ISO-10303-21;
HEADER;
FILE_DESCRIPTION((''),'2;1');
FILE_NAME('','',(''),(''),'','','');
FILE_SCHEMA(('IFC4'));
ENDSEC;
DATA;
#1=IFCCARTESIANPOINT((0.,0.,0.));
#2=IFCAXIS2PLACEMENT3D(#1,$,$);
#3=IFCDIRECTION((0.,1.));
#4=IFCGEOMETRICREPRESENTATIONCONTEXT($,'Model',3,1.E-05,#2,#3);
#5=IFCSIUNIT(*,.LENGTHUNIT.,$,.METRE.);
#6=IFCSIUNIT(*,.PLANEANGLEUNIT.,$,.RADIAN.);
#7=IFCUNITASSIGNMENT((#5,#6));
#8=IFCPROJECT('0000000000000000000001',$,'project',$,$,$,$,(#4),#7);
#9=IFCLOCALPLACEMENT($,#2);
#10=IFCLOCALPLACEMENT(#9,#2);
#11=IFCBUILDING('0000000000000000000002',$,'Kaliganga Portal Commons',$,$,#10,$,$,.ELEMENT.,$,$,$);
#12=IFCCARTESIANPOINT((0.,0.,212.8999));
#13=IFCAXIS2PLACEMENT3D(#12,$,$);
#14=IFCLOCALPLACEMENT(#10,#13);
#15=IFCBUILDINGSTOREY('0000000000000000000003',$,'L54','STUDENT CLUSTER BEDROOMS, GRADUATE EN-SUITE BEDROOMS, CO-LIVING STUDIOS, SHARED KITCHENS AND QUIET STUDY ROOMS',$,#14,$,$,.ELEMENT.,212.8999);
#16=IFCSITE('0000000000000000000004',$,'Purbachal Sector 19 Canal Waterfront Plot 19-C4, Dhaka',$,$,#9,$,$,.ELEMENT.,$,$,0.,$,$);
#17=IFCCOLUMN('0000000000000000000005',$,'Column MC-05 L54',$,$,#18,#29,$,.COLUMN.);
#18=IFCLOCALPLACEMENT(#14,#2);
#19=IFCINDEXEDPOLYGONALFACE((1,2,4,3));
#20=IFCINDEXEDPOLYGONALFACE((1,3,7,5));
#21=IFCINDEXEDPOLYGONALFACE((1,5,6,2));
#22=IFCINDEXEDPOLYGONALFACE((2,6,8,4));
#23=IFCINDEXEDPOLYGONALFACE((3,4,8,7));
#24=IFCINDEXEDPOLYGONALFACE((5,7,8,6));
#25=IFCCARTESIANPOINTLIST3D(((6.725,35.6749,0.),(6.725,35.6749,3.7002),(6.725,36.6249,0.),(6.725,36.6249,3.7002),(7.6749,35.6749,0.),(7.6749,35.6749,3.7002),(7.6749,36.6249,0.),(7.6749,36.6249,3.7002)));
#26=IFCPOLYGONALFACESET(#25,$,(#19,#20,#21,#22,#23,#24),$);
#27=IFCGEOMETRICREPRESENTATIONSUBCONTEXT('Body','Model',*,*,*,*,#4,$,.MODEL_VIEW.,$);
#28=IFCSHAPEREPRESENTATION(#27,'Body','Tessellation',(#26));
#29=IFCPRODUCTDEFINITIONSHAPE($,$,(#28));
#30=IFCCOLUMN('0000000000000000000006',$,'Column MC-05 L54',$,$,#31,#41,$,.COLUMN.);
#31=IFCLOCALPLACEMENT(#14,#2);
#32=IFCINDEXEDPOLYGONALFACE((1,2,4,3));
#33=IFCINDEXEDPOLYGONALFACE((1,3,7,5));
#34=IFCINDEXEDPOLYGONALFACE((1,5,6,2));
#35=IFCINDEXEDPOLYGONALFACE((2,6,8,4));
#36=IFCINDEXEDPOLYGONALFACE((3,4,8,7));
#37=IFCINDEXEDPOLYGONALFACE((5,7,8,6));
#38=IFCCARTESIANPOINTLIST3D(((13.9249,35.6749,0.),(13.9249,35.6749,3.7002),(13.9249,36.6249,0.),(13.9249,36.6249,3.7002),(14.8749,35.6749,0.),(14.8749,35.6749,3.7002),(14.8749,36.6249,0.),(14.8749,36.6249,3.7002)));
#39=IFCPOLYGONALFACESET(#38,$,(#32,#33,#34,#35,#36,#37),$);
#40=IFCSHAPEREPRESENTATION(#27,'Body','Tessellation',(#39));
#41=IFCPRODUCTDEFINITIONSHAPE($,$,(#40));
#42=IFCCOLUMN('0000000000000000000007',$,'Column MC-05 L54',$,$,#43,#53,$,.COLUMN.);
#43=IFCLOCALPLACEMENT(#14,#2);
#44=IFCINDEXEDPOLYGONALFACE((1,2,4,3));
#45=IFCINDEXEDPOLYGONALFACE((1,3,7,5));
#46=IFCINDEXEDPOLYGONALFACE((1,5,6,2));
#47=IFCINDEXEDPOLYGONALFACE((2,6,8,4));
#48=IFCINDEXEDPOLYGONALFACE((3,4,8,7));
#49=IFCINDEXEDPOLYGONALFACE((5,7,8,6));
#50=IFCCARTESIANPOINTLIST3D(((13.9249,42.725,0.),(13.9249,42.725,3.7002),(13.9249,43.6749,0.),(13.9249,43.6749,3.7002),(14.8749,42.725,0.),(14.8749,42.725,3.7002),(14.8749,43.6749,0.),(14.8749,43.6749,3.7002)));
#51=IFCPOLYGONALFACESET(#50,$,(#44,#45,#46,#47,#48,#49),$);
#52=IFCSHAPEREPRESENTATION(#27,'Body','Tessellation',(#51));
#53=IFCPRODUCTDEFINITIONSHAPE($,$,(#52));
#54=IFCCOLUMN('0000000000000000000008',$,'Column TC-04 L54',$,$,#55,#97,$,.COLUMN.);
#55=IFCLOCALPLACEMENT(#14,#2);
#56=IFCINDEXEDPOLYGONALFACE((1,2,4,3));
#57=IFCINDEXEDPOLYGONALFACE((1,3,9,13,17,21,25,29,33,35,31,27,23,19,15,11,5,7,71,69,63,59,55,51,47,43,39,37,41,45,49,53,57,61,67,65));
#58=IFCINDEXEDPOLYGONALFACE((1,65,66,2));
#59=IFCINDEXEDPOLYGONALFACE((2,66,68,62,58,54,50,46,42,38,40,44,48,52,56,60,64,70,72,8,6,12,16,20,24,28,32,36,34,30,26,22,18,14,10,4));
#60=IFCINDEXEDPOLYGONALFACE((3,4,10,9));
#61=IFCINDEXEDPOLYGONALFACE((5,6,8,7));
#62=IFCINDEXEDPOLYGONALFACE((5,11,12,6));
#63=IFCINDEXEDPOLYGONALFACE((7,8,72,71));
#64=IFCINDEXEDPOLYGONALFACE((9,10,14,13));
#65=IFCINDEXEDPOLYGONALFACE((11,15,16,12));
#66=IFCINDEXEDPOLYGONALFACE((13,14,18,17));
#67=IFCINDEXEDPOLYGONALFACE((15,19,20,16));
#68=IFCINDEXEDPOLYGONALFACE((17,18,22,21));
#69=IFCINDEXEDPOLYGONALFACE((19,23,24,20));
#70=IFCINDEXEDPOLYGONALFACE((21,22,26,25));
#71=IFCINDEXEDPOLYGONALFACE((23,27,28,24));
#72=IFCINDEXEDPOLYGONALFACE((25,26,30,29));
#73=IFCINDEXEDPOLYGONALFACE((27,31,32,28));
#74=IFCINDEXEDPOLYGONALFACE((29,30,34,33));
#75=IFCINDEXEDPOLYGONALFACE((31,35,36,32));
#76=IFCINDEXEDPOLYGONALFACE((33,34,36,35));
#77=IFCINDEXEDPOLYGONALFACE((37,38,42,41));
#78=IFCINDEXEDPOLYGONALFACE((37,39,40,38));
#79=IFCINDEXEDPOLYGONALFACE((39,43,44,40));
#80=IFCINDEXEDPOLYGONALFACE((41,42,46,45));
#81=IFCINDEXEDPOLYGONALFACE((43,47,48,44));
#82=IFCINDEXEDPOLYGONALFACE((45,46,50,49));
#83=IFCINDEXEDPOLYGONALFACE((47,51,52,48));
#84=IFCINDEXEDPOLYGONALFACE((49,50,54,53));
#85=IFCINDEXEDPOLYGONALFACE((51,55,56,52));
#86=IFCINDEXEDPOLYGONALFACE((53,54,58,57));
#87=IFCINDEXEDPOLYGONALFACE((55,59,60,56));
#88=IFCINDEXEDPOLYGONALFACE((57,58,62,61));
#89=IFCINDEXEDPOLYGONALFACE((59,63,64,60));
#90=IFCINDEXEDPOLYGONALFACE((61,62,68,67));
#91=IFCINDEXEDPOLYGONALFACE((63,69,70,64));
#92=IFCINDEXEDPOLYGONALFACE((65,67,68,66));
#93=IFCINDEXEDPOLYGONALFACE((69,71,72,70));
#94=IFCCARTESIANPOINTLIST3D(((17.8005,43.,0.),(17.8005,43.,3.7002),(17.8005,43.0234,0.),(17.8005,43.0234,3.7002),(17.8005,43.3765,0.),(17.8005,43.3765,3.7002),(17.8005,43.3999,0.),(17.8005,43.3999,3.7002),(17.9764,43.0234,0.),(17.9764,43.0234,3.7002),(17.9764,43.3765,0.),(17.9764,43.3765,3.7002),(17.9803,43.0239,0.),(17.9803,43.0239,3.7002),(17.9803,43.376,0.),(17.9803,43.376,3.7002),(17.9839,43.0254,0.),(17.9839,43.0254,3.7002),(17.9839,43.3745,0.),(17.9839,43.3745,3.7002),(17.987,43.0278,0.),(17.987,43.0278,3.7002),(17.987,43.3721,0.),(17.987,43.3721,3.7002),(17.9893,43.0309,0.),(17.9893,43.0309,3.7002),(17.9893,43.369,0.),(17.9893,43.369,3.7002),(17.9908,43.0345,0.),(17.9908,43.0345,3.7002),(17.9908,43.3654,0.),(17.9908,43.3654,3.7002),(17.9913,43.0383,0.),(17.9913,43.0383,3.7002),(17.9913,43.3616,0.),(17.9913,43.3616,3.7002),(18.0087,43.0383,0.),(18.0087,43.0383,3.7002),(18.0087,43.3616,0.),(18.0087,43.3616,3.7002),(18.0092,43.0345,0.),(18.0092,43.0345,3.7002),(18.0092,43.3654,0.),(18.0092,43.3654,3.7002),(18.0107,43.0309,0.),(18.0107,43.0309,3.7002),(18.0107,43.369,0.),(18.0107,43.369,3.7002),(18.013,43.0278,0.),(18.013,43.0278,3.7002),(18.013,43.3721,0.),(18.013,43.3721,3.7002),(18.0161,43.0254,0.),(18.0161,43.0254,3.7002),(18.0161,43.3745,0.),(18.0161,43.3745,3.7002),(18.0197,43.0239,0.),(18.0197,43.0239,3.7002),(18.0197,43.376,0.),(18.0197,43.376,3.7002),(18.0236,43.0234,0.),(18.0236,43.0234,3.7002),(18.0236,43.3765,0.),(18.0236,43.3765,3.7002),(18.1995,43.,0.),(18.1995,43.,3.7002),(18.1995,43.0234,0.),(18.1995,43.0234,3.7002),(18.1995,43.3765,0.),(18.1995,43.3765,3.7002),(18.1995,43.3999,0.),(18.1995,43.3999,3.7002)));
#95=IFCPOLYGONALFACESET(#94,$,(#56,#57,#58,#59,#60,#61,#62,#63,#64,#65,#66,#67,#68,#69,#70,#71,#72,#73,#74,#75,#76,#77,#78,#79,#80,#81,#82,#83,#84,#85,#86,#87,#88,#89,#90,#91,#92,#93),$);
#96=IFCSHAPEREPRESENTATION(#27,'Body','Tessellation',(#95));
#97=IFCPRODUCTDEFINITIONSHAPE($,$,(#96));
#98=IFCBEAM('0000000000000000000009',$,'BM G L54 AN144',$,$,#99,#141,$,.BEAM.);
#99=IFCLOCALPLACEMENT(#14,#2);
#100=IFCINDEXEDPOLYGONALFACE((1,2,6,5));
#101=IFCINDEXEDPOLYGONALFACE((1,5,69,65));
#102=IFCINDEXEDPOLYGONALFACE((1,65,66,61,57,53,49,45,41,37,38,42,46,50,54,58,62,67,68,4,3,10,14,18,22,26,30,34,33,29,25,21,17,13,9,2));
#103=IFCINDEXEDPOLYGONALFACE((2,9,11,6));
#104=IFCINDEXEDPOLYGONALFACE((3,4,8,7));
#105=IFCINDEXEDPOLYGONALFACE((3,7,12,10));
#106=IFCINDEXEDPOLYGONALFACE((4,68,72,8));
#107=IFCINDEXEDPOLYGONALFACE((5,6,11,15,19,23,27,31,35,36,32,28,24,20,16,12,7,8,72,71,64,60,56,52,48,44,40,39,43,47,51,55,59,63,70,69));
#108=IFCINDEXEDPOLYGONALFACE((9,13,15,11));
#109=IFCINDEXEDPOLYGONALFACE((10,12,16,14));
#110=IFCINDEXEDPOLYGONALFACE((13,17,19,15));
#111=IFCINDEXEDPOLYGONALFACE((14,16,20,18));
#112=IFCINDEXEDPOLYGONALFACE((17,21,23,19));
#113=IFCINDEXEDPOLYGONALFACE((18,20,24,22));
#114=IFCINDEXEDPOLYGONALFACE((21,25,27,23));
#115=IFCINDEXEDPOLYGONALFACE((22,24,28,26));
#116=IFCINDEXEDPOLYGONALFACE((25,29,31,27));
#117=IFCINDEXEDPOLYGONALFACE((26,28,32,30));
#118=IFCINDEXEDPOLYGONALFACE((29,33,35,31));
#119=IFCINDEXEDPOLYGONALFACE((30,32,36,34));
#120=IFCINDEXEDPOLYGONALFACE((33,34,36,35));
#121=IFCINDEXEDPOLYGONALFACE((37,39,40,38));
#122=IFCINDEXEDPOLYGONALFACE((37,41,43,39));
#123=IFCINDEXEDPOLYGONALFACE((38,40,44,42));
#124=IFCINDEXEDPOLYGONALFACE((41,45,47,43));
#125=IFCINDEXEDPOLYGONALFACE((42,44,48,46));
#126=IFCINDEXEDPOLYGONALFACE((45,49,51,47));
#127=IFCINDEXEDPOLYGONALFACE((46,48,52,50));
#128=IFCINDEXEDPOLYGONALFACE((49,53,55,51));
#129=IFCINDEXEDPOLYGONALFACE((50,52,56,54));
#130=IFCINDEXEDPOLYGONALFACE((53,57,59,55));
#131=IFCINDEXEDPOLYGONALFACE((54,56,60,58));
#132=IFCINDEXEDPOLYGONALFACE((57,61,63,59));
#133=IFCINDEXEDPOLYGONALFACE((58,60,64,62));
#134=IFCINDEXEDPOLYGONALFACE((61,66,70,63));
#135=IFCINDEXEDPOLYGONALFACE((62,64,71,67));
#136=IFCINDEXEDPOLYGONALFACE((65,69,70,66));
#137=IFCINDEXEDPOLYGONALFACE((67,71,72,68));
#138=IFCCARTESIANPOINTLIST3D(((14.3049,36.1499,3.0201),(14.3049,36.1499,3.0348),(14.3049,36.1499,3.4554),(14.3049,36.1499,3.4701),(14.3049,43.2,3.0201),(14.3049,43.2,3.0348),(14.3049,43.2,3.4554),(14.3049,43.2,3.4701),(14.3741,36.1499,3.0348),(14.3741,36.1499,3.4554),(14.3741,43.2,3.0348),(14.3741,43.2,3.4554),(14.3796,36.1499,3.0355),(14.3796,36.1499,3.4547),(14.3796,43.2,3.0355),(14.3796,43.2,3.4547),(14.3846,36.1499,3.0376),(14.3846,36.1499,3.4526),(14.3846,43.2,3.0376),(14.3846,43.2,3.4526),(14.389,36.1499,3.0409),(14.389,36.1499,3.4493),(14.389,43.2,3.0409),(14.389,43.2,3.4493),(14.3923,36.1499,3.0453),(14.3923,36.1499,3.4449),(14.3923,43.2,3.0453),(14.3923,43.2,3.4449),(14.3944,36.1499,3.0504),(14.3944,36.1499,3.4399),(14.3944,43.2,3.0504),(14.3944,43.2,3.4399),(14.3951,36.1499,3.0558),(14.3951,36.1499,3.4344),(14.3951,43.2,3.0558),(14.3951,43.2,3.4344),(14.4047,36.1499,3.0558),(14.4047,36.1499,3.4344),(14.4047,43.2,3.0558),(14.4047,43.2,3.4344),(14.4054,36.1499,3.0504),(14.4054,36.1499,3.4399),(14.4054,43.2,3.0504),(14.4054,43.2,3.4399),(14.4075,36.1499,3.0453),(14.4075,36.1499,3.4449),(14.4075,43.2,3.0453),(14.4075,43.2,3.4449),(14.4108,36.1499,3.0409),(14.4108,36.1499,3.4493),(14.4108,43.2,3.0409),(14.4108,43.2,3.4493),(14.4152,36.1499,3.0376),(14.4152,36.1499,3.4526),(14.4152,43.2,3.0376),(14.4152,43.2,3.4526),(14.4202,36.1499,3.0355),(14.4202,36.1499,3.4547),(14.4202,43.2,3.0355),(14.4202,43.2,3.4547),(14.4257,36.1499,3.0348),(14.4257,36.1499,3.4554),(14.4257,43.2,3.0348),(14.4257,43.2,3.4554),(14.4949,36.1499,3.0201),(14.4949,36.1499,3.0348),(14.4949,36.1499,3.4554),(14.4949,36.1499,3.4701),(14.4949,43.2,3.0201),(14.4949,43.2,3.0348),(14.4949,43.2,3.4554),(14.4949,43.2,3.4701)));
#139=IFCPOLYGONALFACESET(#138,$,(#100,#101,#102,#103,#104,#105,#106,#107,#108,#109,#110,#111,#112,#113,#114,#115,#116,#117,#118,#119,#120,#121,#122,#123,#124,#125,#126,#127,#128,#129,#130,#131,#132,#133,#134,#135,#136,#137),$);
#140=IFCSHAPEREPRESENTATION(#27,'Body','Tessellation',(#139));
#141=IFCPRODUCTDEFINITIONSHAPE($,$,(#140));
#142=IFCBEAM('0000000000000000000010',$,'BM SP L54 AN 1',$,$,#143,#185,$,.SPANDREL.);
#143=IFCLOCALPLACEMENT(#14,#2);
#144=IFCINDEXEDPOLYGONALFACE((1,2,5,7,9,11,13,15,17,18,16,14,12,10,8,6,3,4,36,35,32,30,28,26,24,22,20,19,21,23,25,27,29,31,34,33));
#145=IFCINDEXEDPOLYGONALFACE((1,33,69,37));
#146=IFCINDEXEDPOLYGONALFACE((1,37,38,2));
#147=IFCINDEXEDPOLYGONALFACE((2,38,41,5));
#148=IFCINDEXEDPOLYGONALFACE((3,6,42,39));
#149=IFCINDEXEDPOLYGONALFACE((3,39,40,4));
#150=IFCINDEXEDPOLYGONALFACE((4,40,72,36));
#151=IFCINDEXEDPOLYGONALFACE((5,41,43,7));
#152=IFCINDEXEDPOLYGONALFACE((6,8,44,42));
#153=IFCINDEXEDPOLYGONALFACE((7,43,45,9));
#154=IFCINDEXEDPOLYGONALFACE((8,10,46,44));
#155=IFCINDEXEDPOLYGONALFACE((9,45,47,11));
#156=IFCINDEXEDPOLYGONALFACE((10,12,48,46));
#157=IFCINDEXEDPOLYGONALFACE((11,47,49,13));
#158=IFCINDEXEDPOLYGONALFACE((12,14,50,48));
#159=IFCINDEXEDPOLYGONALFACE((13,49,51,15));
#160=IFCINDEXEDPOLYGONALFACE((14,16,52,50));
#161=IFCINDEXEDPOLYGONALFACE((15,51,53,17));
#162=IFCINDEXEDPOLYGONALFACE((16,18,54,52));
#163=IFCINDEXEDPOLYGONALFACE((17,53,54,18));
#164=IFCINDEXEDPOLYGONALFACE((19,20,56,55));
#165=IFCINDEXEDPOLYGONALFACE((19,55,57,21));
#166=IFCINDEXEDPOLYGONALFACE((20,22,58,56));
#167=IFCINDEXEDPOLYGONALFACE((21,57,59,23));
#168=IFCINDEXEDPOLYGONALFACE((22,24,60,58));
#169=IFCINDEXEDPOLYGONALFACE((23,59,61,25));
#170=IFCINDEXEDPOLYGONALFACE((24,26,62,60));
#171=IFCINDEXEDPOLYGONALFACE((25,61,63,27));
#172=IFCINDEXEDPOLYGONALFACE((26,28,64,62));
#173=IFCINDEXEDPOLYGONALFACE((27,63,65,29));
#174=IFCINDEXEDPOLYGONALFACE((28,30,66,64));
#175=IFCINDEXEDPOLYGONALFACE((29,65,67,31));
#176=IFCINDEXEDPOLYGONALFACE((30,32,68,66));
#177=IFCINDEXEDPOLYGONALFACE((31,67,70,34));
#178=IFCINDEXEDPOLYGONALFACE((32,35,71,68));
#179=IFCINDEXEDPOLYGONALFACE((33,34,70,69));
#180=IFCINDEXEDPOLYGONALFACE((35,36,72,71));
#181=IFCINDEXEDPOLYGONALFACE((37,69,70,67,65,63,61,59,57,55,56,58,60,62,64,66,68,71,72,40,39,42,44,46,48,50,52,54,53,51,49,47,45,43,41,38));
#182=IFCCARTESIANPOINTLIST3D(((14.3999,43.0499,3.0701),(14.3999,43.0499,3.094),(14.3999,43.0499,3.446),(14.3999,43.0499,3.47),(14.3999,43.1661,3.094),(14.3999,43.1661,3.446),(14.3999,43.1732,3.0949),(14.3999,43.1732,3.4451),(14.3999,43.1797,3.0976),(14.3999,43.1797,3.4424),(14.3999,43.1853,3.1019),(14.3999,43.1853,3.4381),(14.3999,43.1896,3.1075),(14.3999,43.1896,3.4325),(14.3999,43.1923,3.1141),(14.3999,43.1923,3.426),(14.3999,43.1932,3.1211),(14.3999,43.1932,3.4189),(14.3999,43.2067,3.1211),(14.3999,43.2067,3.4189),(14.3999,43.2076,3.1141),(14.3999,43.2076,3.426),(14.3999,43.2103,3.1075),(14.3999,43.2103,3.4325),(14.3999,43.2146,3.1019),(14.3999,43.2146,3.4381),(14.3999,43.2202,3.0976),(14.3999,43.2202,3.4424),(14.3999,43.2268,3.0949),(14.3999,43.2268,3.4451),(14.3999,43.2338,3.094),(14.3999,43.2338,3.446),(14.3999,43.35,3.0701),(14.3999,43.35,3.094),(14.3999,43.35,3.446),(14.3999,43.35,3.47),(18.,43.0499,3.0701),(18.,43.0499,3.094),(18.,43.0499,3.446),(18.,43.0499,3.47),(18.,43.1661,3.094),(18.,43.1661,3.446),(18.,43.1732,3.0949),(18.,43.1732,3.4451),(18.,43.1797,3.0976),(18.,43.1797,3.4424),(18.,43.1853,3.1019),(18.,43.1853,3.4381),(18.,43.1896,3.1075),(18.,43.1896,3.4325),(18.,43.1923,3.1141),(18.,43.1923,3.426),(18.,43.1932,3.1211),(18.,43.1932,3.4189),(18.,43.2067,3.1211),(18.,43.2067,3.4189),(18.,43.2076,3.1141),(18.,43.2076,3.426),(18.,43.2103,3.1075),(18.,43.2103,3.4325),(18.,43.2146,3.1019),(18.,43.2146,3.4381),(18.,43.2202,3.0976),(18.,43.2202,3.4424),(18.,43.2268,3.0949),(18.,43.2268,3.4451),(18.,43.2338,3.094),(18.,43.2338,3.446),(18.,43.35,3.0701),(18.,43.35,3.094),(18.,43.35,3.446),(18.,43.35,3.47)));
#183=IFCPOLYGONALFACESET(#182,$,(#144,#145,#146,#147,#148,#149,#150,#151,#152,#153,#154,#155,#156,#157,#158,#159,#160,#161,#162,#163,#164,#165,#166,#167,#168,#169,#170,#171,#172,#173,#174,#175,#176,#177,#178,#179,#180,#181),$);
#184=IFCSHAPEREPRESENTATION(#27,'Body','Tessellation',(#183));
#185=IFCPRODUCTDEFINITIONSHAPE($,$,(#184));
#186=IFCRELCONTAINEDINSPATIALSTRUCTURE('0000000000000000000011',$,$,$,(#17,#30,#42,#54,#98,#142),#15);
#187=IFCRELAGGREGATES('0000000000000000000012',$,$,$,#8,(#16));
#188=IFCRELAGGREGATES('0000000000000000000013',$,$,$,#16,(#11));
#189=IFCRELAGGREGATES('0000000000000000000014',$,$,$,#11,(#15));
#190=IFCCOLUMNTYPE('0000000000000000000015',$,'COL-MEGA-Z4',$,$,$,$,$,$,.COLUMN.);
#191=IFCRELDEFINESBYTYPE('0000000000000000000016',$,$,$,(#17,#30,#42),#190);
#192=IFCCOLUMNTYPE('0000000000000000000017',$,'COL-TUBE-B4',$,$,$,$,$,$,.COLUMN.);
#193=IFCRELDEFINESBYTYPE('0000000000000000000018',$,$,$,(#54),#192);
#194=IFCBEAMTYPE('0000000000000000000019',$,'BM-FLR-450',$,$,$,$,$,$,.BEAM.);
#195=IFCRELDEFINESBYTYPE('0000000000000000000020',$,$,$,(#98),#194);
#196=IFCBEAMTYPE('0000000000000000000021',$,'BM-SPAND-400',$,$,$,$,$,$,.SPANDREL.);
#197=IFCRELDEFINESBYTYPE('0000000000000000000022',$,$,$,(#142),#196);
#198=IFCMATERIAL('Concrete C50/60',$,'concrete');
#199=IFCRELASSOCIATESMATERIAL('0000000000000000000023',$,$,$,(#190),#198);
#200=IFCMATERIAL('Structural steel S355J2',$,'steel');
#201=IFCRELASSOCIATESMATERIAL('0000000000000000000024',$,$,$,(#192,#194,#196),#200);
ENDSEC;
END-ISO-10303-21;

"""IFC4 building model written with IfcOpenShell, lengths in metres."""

from ifc_helpers import new_model, si_unit, direction, frame, origin, origin_2d, place, context, subcontext, project, spatial, rectangle, i_section, extrude, source, transform, mapped, material, material_profile, profile_set, type_object, element, save


model = new_model("IFC4")

# Units and contexts
model_context = context("Model", 3, precision=1e-05, world=origin(), true_north=direction((0.0, 1.0)))
body_context = subcontext(model_context, "Body", "Model", "MODEL_VIEW")
ifc_project = project(units=[si_unit("LENGTHUNIT", "METRE"), si_unit("PLANEANGLEUNIT", "RADIAN")], contexts=[model_context])

# Site, building, storey
site_placement = place(None, origin())
site = spatial("IfcSite", under=ifc_project, at=site_placement, Name="Purbachal Sector 19 Canal Waterfront Plot 19-C4, Dhaka", CompositionType="ELEMENT", RefElevation=0.0)
building_placement = place(site_placement, origin())
building = spatial("IfcBuilding", under=site, at=building_placement, Name="Kaliganga Portal Commons", CompositionType="ELEMENT")
storey_placement = place(building_placement, frame((0.0, 0.0, 212.8999)))
storey = spatial("IfcBuildingStorey", under=building, at=storey_placement, Name="L54", Description="STUDENT CLUSTER BEDROOMS, GRADUATE EN-SUITE BEDROOMS, CO-LIVING STUDIOS, SHARED KITCHENS AND QUIET STUDY ROOMS", CompositionType="ELEMENT", Elevation=212.8999)

# Columns
ifc_material_1 = material(Name="Concrete C50/60", Category="concrete")
ifc_material_profile_1 = material_profile(ifc_material_1, rectangle(XDim=0.95, YDim=0.95, at=origin_2d()), Name="RC 950x950")
ifc_profile_set_1 = profile_set([ifc_material_profile_1], Name="Concrete C50/60")
column_type_1 = type_object("IfcColumnType", Name="COL-MEGA-Z4", PredefinedType="COLUMN", material=ifc_profile_set_1)
shared_shape_1 = source(origin(), body_context, "Body", "SweptSolid", [
    extrude(rectangle(XDim=0.95, YDim=0.95, at=origin_2d()), origin(), (0.0, 0.0, 1.0), 3.7002),
])
for number, where, z_axis, x_axis, name in (
    (1, (7.2, 36.1499, 0.0), (0.0, 0.0, 1.0), (1.0, 0.0, 0.0), "Column MC-05 L54"),
    (2, (14.3999, 36.1499, 0.0), (0.0, 0.0, 1.0), (1.0, 0.0, 0.0), "Column MC-05 L54"),
    (3, (14.3999, 43.2, 0.0), (0.0, 0.0, 1.0), (1.0, 0.0, 0.0), "Column MC-05 L54"),
):
    element("IfcColumn", number, at=place(storey_placement, frame(where, z_axis=z_axis, x_axis=x_axis)), inside=storey, type_object=column_type_1, Name=name, PredefinedType="COLUMN", context=body_context, shape_type="MappedRepresentation", body=[
        mapped(shared_shape_1, transform((0.0, 0.0, 0.0), x_axis=(1.0, 0.0, 0.0), y_axis=(0.0, 1.0, 0.0), z_axis=(0.0, 0.0, 1.0), scale=1.0)),
    ])
ifc_material_2 = material(Name="Structural steel S355J2", Category="steel")
ifc_material_profile_2 = material_profile(ifc_material_2, i_section(OverallWidth=0.3989, OverallDepth=0.3999, WebThickness=0.0173, FlangeThickness=0.0234, FilletRadius=0.0149, at=origin_2d()), Name="HD 400x287")
ifc_profile_set_2 = profile_set([ifc_material_profile_2], Name="Structural steel S355J2 wide-flange")
column_type_2 = type_object("IfcColumnType", Name="COL-TUBE-B4", PredefinedType="COLUMN", material=ifc_profile_set_2)
shared_shape_2 = source(origin(), body_context, "Body", "SweptSolid", [
    extrude(i_section(OverallWidth=0.3989, OverallDepth=0.3999, WebThickness=0.0173, FlangeThickness=0.0234, FilletRadius=0.0149, at=origin_2d()), origin(), (0.0, 0.0, 1.0), 3.7002),
])
column_placement = place(storey_placement, frame((18.0, 43.2, 0.0), z_axis=(0.0, 0.0, 1.0), x_axis=(1.0, 0.0, 0.0)))
element("IfcColumn", 4, at=column_placement, inside=storey, type_object=column_type_2, Name="Column TC-04 L54", PredefinedType="COLUMN", context=body_context, shape_type="MappedRepresentation", body=[
    mapped(shared_shape_2, transform((0.0, 0.0, 0.0), x_axis=(1.0, 0.0, 0.0), y_axis=(0.0, 1.0, 0.0), z_axis=(0.0, 0.0, 1.0), scale=1.0)),
])

# Beams
ifc_material_profile_3 = material_profile(ifc_material_2, i_section(OverallWidth=0.1899, OverallDepth=0.45, WebThickness=0.0095, FlangeThickness=0.0146, FilletRadius=0.021, at=origin_2d()), Name="IPE 450")
ifc_profile_set_3 = profile_set([ifc_material_profile_3], Name="Structural steel S355J2 wide-flange")
beam_type_1 = type_object("IfcBeamType", Name="BM-FLR-450", PredefinedType="BEAM", material=ifc_profile_set_3)
shared_shape_3 = source(origin(), body_context, "Body", "SweptSolid", [
    extrude(i_section(OverallWidth=0.1899, OverallDepth=0.45, WebThickness=0.0095, FlangeThickness=0.0146, FilletRadius=0.021, at=origin_2d()), origin(), (0.0, 0.0, 1.0), 7.05),
])
beam_1_placement = place(storey_placement, frame((14.3999, 36.1499, 3.2451), z_axis=(0.0, 1.0, 0.0), x_axis=(-1.0, 0.0, 0.0)))
element("IfcBeam", 5, at=beam_1_placement, inside=storey, type_object=beam_type_1, Name="BM G L54 AN144", PredefinedType="BEAM", context=body_context, shape_type="MappedRepresentation", body=[
    mapped(shared_shape_3, transform((0.0, 0.0, 0.0), x_axis=(1.0, 0.0, 0.0), y_axis=(0.0, 1.0, 0.0), z_axis=(0.0, 0.0, 1.0), scale=1.0)),
])
ifc_material_profile_4 = material_profile(ifc_material_2, i_section(OverallWidth=0.3, OverallDepth=0.3999, WebThickness=0.0134, FlangeThickness=0.0239, FilletRadius=0.0271, at=origin_2d()), Name="HE 400 B")
ifc_profile_set_4 = profile_set([ifc_material_profile_4], Name="Structural steel S355J2 wide-flange")
beam_type_2 = type_object("IfcBeamType", Name="BM-SPAND-400", PredefinedType="SPANDREL", material=ifc_profile_set_4)
shared_shape_4 = source(origin(), body_context, "Body", "SweptSolid", [
    extrude(i_section(OverallWidth=0.3, OverallDepth=0.3999, WebThickness=0.0134, FlangeThickness=0.0239, FilletRadius=0.0271, at=origin_2d()), origin(), (0.0, 0.0, 1.0), 3.6001),
])
for number, where, z_axis, x_axis, name in (
    (6, (14.3999, 43.2, 3.27), (1.0, 0.0, 0.0), (0.0, 1.0, 0.0), "BM SP L54 AN 1"),
):
    element("IfcBeam", number, at=place(storey_placement, frame(where, z_axis=z_axis, x_axis=x_axis)), inside=storey, type_object=beam_type_2, Name=name, PredefinedType="SPANDREL", context=body_context, shape_type="MappedRepresentation", body=[
        mapped(shared_shape_4, transform((0.0, 0.0, 0.0), x_axis=(1.0, 0.0, 0.0), y_axis=(0.0, 1.0, 0.0), z_axis=(0.0, 0.0, 1.0), scale=1.0)),
    ])

save(model, "model.ifc")
